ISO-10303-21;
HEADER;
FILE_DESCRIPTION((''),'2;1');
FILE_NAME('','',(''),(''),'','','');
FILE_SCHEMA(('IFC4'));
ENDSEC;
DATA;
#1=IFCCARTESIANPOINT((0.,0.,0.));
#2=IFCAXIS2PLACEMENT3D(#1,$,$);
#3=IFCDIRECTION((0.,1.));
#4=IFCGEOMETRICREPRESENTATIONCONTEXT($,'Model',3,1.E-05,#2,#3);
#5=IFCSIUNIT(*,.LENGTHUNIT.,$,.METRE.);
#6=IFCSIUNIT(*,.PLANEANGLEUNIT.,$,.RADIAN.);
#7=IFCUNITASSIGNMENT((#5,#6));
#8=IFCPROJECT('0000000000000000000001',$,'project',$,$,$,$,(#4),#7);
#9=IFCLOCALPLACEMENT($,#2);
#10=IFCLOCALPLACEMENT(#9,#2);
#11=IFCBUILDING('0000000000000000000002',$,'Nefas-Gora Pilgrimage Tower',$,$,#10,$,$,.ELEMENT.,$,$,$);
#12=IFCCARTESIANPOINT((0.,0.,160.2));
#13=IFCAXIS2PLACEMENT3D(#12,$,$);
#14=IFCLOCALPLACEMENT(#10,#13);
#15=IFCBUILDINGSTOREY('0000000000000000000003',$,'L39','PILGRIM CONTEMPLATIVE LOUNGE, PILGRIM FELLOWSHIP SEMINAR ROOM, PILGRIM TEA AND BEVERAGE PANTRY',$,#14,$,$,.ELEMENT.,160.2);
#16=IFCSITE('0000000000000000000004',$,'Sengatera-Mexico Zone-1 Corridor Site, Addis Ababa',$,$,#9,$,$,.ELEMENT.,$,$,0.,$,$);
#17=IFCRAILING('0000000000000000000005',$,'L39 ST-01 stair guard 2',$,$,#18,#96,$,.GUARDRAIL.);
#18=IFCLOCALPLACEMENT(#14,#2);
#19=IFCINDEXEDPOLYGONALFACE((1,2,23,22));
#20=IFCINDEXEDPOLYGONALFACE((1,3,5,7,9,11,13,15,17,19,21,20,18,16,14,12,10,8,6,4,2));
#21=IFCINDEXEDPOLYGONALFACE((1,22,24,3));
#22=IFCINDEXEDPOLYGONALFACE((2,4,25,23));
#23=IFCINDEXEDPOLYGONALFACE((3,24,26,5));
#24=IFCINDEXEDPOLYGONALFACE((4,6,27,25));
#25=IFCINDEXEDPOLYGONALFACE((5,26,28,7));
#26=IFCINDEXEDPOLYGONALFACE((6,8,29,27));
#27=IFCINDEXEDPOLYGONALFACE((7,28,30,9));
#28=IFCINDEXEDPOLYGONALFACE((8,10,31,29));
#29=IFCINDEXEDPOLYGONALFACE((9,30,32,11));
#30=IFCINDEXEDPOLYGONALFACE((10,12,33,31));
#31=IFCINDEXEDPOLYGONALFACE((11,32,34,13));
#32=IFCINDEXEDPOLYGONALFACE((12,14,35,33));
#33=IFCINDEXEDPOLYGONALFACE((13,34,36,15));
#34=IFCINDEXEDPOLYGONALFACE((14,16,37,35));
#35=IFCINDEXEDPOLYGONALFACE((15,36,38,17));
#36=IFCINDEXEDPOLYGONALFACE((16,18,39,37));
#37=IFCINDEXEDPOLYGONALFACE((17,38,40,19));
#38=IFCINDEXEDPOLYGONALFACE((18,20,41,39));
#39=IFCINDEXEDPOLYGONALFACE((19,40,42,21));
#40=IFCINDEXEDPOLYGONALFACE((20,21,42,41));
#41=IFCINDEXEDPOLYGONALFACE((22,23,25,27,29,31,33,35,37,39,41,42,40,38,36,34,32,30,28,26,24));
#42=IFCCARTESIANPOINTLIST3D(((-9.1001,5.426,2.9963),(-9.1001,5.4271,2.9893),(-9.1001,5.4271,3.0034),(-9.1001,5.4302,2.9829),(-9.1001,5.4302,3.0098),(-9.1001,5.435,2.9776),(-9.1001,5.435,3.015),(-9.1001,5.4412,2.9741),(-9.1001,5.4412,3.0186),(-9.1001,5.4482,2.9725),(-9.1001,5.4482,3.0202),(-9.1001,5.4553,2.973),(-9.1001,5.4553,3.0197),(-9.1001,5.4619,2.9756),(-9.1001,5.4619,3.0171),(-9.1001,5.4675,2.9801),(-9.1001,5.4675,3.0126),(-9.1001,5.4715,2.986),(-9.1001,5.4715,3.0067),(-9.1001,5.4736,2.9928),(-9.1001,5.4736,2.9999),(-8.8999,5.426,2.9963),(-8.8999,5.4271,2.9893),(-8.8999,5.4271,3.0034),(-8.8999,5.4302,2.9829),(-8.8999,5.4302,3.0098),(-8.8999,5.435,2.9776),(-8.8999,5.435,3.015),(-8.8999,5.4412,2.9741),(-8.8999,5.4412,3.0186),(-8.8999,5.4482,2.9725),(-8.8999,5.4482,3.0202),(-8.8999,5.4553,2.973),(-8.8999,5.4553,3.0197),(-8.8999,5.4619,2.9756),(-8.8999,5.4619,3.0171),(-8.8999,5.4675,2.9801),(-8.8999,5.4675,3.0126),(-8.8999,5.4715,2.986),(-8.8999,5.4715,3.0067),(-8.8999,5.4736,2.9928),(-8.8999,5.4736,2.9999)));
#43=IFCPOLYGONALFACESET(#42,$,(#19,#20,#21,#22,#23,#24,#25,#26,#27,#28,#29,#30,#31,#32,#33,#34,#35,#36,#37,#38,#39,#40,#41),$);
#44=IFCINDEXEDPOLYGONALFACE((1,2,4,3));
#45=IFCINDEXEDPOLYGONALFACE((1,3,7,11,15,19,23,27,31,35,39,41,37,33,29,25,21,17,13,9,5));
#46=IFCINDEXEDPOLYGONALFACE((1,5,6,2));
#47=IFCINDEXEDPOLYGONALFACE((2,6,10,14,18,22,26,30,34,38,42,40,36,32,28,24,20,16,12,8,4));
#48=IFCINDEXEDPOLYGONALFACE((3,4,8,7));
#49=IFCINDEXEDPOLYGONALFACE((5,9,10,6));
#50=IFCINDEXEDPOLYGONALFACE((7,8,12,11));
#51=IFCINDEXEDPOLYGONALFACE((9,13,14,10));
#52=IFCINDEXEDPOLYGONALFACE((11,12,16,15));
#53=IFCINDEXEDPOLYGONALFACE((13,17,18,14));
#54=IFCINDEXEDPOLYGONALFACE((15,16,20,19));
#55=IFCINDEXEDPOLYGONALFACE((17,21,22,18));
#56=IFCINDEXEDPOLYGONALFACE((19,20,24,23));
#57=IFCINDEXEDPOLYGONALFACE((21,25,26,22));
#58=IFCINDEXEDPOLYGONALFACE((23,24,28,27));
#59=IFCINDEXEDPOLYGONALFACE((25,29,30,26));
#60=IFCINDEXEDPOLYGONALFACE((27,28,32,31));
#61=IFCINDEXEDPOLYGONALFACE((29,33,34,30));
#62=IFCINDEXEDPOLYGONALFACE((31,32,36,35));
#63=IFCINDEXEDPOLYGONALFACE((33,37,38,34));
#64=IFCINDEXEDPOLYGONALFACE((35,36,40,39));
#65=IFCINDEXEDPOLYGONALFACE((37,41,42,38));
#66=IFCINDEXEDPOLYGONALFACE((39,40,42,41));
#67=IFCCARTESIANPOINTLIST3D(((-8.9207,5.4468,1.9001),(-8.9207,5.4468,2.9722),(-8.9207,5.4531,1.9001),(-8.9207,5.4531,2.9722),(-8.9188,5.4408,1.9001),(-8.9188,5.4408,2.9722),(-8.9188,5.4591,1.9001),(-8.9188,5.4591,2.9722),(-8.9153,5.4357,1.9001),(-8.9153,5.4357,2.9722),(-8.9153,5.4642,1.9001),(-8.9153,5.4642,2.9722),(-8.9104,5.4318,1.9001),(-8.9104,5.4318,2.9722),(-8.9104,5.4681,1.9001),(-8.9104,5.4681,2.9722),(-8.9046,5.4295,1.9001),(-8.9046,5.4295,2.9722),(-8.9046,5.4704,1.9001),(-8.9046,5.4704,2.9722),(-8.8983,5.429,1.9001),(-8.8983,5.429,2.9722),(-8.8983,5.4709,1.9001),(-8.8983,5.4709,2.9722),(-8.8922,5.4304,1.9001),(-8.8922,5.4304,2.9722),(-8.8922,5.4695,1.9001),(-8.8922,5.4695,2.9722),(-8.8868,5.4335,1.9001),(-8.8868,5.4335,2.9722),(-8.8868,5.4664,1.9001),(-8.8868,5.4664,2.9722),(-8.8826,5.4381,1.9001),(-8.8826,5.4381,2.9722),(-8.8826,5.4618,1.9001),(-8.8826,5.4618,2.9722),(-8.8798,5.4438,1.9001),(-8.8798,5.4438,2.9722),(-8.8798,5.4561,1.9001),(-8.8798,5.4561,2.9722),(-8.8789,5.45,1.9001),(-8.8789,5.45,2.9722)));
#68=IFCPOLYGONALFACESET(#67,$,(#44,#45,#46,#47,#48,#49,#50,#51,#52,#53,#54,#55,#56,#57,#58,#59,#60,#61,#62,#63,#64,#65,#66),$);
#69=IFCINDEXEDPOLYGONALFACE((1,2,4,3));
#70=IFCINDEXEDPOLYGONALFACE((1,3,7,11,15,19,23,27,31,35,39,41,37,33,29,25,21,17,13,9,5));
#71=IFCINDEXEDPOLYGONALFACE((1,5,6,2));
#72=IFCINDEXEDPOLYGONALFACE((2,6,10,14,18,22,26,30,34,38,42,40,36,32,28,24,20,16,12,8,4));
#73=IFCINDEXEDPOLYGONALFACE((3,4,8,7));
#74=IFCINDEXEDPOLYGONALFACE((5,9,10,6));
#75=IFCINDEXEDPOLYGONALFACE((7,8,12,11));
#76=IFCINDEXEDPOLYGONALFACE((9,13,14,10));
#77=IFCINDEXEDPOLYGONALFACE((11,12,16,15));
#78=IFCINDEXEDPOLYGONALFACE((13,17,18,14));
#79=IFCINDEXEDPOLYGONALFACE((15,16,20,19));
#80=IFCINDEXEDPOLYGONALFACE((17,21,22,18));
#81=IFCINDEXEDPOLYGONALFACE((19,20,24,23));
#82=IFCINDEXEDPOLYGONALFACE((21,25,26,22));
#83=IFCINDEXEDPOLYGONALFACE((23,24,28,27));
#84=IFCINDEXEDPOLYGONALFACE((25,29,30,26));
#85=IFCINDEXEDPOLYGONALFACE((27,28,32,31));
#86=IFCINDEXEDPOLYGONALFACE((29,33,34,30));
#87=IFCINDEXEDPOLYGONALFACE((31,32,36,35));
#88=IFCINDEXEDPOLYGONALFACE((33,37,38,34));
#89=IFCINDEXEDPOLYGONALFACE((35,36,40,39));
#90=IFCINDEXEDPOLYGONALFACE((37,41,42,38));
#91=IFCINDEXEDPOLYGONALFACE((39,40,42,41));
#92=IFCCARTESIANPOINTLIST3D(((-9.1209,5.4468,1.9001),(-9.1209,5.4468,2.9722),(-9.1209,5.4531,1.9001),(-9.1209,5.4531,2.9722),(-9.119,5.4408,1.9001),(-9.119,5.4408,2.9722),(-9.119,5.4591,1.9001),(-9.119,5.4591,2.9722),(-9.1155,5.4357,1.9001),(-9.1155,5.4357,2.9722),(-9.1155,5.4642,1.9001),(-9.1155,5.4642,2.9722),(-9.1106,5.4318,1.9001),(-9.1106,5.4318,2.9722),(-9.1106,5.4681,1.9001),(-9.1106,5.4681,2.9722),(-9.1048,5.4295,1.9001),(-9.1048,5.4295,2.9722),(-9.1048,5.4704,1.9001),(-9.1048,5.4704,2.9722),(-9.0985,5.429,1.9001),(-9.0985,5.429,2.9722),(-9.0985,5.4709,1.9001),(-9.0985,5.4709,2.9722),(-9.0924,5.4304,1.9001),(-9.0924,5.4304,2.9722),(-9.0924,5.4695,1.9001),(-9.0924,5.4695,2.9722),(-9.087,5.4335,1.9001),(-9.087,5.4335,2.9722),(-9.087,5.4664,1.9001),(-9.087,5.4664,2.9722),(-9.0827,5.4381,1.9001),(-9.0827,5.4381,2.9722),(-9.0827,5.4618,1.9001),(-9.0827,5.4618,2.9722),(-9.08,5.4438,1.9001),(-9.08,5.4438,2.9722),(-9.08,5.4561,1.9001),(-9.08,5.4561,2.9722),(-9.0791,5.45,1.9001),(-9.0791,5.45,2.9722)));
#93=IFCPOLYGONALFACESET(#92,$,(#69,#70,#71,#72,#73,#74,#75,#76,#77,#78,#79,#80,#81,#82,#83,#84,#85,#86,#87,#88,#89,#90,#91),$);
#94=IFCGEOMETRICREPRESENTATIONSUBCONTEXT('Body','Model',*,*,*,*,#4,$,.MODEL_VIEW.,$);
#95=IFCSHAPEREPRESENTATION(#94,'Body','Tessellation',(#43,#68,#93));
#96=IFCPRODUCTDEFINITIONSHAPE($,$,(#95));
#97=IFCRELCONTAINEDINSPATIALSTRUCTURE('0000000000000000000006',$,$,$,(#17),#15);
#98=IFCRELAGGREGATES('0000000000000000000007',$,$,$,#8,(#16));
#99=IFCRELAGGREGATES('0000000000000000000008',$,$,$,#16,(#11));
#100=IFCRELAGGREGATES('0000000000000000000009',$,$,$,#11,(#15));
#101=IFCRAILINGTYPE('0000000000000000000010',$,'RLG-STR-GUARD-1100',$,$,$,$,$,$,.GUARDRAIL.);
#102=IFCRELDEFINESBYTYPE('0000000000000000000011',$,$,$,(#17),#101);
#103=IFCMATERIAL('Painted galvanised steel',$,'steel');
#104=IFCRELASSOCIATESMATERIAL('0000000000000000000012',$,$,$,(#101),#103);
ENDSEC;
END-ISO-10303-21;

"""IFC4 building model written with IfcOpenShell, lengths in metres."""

from ifc_helpers import new_model, si_unit, direction, frame, origin, origin_2d, place, context, subcontext, project, spatial, circle, extrude, material, type_object, element, save


model = new_model("IFC4")

# Units and contexts
model_context = context("Model", 3, precision=1e-05, world=origin(), true_north=direction((0.0, 1.0)))
body_context = subcontext(model_context, "Body", "Model", "MODEL_VIEW")
ifc_project = project(units=[si_unit("LENGTHUNIT", "METRE"), si_unit("PLANEANGLEUNIT", "RADIAN")], contexts=[model_context])

# Site, building, storey
site_placement = place(None, origin())
site = spatial("IfcSite", under=ifc_project, at=site_placement, Name="Sengatera-Mexico Zone-1 Corridor Site, Addis Ababa", CompositionType="ELEMENT", RefElevation=0.0)
building_placement = place(site_placement, origin())
building = spatial("IfcBuilding", under=site, at=building_placement, Name="Nefas-Gora Pilgrimage Tower", CompositionType="ELEMENT")
storey_placement = place(building_placement, frame((0.0, 0.0, 160.2)))
storey = spatial("IfcBuildingStorey", under=building, at=storey_placement, Name="L39", Description="PILGRIM CONTEMPLATIVE LOUNGE, PILGRIM FELLOWSHIP SEMINAR ROOM, PILGRIM TEA AND BEVERAGE PANTRY", CompositionType="ELEMENT", Elevation=160.2)

# Railing
ifc_material_1 = material(Name="Painted galvanised steel", Category="steel")
railing_type_1 = type_object("IfcRailingType", Name="RLG-STR-GUARD-1100", PredefinedType="GUARDRAIL", material=ifc_material_1)
railing_1_placement = place(storey_placement, frame((-8.8999, 5.45, 1.9001)))
element("IfcRailing", 1, at=railing_1_placement, inside=storey, type_object=railing_type_1, Name="L39 ST-01 stair guard 2", PredefinedType="GUARDRAIL", context=body_context, shape_type="SweptSolid", body=[
    extrude(circle(Radius=0.0239, at=origin_2d()), frame((0.0, 0.0, 1.0962), z_axis=(-1.0, 0.0, 0.0), x_axis=(0.0, -1.0, 0.0)), (0.0, 0.0, 1.0), 0.2002),
    extrude(circle(Radius=0.021, at=origin_2d()), origin(), (0.0, 0.0, 1.0), 1.072),
    extrude(circle(Radius=0.021, at=origin_2d()), frame((-0.2002, 0.0, 0.0)), (0.0, 0.0, 1.0), 1.072),
])

save(model, "model.ifc")
